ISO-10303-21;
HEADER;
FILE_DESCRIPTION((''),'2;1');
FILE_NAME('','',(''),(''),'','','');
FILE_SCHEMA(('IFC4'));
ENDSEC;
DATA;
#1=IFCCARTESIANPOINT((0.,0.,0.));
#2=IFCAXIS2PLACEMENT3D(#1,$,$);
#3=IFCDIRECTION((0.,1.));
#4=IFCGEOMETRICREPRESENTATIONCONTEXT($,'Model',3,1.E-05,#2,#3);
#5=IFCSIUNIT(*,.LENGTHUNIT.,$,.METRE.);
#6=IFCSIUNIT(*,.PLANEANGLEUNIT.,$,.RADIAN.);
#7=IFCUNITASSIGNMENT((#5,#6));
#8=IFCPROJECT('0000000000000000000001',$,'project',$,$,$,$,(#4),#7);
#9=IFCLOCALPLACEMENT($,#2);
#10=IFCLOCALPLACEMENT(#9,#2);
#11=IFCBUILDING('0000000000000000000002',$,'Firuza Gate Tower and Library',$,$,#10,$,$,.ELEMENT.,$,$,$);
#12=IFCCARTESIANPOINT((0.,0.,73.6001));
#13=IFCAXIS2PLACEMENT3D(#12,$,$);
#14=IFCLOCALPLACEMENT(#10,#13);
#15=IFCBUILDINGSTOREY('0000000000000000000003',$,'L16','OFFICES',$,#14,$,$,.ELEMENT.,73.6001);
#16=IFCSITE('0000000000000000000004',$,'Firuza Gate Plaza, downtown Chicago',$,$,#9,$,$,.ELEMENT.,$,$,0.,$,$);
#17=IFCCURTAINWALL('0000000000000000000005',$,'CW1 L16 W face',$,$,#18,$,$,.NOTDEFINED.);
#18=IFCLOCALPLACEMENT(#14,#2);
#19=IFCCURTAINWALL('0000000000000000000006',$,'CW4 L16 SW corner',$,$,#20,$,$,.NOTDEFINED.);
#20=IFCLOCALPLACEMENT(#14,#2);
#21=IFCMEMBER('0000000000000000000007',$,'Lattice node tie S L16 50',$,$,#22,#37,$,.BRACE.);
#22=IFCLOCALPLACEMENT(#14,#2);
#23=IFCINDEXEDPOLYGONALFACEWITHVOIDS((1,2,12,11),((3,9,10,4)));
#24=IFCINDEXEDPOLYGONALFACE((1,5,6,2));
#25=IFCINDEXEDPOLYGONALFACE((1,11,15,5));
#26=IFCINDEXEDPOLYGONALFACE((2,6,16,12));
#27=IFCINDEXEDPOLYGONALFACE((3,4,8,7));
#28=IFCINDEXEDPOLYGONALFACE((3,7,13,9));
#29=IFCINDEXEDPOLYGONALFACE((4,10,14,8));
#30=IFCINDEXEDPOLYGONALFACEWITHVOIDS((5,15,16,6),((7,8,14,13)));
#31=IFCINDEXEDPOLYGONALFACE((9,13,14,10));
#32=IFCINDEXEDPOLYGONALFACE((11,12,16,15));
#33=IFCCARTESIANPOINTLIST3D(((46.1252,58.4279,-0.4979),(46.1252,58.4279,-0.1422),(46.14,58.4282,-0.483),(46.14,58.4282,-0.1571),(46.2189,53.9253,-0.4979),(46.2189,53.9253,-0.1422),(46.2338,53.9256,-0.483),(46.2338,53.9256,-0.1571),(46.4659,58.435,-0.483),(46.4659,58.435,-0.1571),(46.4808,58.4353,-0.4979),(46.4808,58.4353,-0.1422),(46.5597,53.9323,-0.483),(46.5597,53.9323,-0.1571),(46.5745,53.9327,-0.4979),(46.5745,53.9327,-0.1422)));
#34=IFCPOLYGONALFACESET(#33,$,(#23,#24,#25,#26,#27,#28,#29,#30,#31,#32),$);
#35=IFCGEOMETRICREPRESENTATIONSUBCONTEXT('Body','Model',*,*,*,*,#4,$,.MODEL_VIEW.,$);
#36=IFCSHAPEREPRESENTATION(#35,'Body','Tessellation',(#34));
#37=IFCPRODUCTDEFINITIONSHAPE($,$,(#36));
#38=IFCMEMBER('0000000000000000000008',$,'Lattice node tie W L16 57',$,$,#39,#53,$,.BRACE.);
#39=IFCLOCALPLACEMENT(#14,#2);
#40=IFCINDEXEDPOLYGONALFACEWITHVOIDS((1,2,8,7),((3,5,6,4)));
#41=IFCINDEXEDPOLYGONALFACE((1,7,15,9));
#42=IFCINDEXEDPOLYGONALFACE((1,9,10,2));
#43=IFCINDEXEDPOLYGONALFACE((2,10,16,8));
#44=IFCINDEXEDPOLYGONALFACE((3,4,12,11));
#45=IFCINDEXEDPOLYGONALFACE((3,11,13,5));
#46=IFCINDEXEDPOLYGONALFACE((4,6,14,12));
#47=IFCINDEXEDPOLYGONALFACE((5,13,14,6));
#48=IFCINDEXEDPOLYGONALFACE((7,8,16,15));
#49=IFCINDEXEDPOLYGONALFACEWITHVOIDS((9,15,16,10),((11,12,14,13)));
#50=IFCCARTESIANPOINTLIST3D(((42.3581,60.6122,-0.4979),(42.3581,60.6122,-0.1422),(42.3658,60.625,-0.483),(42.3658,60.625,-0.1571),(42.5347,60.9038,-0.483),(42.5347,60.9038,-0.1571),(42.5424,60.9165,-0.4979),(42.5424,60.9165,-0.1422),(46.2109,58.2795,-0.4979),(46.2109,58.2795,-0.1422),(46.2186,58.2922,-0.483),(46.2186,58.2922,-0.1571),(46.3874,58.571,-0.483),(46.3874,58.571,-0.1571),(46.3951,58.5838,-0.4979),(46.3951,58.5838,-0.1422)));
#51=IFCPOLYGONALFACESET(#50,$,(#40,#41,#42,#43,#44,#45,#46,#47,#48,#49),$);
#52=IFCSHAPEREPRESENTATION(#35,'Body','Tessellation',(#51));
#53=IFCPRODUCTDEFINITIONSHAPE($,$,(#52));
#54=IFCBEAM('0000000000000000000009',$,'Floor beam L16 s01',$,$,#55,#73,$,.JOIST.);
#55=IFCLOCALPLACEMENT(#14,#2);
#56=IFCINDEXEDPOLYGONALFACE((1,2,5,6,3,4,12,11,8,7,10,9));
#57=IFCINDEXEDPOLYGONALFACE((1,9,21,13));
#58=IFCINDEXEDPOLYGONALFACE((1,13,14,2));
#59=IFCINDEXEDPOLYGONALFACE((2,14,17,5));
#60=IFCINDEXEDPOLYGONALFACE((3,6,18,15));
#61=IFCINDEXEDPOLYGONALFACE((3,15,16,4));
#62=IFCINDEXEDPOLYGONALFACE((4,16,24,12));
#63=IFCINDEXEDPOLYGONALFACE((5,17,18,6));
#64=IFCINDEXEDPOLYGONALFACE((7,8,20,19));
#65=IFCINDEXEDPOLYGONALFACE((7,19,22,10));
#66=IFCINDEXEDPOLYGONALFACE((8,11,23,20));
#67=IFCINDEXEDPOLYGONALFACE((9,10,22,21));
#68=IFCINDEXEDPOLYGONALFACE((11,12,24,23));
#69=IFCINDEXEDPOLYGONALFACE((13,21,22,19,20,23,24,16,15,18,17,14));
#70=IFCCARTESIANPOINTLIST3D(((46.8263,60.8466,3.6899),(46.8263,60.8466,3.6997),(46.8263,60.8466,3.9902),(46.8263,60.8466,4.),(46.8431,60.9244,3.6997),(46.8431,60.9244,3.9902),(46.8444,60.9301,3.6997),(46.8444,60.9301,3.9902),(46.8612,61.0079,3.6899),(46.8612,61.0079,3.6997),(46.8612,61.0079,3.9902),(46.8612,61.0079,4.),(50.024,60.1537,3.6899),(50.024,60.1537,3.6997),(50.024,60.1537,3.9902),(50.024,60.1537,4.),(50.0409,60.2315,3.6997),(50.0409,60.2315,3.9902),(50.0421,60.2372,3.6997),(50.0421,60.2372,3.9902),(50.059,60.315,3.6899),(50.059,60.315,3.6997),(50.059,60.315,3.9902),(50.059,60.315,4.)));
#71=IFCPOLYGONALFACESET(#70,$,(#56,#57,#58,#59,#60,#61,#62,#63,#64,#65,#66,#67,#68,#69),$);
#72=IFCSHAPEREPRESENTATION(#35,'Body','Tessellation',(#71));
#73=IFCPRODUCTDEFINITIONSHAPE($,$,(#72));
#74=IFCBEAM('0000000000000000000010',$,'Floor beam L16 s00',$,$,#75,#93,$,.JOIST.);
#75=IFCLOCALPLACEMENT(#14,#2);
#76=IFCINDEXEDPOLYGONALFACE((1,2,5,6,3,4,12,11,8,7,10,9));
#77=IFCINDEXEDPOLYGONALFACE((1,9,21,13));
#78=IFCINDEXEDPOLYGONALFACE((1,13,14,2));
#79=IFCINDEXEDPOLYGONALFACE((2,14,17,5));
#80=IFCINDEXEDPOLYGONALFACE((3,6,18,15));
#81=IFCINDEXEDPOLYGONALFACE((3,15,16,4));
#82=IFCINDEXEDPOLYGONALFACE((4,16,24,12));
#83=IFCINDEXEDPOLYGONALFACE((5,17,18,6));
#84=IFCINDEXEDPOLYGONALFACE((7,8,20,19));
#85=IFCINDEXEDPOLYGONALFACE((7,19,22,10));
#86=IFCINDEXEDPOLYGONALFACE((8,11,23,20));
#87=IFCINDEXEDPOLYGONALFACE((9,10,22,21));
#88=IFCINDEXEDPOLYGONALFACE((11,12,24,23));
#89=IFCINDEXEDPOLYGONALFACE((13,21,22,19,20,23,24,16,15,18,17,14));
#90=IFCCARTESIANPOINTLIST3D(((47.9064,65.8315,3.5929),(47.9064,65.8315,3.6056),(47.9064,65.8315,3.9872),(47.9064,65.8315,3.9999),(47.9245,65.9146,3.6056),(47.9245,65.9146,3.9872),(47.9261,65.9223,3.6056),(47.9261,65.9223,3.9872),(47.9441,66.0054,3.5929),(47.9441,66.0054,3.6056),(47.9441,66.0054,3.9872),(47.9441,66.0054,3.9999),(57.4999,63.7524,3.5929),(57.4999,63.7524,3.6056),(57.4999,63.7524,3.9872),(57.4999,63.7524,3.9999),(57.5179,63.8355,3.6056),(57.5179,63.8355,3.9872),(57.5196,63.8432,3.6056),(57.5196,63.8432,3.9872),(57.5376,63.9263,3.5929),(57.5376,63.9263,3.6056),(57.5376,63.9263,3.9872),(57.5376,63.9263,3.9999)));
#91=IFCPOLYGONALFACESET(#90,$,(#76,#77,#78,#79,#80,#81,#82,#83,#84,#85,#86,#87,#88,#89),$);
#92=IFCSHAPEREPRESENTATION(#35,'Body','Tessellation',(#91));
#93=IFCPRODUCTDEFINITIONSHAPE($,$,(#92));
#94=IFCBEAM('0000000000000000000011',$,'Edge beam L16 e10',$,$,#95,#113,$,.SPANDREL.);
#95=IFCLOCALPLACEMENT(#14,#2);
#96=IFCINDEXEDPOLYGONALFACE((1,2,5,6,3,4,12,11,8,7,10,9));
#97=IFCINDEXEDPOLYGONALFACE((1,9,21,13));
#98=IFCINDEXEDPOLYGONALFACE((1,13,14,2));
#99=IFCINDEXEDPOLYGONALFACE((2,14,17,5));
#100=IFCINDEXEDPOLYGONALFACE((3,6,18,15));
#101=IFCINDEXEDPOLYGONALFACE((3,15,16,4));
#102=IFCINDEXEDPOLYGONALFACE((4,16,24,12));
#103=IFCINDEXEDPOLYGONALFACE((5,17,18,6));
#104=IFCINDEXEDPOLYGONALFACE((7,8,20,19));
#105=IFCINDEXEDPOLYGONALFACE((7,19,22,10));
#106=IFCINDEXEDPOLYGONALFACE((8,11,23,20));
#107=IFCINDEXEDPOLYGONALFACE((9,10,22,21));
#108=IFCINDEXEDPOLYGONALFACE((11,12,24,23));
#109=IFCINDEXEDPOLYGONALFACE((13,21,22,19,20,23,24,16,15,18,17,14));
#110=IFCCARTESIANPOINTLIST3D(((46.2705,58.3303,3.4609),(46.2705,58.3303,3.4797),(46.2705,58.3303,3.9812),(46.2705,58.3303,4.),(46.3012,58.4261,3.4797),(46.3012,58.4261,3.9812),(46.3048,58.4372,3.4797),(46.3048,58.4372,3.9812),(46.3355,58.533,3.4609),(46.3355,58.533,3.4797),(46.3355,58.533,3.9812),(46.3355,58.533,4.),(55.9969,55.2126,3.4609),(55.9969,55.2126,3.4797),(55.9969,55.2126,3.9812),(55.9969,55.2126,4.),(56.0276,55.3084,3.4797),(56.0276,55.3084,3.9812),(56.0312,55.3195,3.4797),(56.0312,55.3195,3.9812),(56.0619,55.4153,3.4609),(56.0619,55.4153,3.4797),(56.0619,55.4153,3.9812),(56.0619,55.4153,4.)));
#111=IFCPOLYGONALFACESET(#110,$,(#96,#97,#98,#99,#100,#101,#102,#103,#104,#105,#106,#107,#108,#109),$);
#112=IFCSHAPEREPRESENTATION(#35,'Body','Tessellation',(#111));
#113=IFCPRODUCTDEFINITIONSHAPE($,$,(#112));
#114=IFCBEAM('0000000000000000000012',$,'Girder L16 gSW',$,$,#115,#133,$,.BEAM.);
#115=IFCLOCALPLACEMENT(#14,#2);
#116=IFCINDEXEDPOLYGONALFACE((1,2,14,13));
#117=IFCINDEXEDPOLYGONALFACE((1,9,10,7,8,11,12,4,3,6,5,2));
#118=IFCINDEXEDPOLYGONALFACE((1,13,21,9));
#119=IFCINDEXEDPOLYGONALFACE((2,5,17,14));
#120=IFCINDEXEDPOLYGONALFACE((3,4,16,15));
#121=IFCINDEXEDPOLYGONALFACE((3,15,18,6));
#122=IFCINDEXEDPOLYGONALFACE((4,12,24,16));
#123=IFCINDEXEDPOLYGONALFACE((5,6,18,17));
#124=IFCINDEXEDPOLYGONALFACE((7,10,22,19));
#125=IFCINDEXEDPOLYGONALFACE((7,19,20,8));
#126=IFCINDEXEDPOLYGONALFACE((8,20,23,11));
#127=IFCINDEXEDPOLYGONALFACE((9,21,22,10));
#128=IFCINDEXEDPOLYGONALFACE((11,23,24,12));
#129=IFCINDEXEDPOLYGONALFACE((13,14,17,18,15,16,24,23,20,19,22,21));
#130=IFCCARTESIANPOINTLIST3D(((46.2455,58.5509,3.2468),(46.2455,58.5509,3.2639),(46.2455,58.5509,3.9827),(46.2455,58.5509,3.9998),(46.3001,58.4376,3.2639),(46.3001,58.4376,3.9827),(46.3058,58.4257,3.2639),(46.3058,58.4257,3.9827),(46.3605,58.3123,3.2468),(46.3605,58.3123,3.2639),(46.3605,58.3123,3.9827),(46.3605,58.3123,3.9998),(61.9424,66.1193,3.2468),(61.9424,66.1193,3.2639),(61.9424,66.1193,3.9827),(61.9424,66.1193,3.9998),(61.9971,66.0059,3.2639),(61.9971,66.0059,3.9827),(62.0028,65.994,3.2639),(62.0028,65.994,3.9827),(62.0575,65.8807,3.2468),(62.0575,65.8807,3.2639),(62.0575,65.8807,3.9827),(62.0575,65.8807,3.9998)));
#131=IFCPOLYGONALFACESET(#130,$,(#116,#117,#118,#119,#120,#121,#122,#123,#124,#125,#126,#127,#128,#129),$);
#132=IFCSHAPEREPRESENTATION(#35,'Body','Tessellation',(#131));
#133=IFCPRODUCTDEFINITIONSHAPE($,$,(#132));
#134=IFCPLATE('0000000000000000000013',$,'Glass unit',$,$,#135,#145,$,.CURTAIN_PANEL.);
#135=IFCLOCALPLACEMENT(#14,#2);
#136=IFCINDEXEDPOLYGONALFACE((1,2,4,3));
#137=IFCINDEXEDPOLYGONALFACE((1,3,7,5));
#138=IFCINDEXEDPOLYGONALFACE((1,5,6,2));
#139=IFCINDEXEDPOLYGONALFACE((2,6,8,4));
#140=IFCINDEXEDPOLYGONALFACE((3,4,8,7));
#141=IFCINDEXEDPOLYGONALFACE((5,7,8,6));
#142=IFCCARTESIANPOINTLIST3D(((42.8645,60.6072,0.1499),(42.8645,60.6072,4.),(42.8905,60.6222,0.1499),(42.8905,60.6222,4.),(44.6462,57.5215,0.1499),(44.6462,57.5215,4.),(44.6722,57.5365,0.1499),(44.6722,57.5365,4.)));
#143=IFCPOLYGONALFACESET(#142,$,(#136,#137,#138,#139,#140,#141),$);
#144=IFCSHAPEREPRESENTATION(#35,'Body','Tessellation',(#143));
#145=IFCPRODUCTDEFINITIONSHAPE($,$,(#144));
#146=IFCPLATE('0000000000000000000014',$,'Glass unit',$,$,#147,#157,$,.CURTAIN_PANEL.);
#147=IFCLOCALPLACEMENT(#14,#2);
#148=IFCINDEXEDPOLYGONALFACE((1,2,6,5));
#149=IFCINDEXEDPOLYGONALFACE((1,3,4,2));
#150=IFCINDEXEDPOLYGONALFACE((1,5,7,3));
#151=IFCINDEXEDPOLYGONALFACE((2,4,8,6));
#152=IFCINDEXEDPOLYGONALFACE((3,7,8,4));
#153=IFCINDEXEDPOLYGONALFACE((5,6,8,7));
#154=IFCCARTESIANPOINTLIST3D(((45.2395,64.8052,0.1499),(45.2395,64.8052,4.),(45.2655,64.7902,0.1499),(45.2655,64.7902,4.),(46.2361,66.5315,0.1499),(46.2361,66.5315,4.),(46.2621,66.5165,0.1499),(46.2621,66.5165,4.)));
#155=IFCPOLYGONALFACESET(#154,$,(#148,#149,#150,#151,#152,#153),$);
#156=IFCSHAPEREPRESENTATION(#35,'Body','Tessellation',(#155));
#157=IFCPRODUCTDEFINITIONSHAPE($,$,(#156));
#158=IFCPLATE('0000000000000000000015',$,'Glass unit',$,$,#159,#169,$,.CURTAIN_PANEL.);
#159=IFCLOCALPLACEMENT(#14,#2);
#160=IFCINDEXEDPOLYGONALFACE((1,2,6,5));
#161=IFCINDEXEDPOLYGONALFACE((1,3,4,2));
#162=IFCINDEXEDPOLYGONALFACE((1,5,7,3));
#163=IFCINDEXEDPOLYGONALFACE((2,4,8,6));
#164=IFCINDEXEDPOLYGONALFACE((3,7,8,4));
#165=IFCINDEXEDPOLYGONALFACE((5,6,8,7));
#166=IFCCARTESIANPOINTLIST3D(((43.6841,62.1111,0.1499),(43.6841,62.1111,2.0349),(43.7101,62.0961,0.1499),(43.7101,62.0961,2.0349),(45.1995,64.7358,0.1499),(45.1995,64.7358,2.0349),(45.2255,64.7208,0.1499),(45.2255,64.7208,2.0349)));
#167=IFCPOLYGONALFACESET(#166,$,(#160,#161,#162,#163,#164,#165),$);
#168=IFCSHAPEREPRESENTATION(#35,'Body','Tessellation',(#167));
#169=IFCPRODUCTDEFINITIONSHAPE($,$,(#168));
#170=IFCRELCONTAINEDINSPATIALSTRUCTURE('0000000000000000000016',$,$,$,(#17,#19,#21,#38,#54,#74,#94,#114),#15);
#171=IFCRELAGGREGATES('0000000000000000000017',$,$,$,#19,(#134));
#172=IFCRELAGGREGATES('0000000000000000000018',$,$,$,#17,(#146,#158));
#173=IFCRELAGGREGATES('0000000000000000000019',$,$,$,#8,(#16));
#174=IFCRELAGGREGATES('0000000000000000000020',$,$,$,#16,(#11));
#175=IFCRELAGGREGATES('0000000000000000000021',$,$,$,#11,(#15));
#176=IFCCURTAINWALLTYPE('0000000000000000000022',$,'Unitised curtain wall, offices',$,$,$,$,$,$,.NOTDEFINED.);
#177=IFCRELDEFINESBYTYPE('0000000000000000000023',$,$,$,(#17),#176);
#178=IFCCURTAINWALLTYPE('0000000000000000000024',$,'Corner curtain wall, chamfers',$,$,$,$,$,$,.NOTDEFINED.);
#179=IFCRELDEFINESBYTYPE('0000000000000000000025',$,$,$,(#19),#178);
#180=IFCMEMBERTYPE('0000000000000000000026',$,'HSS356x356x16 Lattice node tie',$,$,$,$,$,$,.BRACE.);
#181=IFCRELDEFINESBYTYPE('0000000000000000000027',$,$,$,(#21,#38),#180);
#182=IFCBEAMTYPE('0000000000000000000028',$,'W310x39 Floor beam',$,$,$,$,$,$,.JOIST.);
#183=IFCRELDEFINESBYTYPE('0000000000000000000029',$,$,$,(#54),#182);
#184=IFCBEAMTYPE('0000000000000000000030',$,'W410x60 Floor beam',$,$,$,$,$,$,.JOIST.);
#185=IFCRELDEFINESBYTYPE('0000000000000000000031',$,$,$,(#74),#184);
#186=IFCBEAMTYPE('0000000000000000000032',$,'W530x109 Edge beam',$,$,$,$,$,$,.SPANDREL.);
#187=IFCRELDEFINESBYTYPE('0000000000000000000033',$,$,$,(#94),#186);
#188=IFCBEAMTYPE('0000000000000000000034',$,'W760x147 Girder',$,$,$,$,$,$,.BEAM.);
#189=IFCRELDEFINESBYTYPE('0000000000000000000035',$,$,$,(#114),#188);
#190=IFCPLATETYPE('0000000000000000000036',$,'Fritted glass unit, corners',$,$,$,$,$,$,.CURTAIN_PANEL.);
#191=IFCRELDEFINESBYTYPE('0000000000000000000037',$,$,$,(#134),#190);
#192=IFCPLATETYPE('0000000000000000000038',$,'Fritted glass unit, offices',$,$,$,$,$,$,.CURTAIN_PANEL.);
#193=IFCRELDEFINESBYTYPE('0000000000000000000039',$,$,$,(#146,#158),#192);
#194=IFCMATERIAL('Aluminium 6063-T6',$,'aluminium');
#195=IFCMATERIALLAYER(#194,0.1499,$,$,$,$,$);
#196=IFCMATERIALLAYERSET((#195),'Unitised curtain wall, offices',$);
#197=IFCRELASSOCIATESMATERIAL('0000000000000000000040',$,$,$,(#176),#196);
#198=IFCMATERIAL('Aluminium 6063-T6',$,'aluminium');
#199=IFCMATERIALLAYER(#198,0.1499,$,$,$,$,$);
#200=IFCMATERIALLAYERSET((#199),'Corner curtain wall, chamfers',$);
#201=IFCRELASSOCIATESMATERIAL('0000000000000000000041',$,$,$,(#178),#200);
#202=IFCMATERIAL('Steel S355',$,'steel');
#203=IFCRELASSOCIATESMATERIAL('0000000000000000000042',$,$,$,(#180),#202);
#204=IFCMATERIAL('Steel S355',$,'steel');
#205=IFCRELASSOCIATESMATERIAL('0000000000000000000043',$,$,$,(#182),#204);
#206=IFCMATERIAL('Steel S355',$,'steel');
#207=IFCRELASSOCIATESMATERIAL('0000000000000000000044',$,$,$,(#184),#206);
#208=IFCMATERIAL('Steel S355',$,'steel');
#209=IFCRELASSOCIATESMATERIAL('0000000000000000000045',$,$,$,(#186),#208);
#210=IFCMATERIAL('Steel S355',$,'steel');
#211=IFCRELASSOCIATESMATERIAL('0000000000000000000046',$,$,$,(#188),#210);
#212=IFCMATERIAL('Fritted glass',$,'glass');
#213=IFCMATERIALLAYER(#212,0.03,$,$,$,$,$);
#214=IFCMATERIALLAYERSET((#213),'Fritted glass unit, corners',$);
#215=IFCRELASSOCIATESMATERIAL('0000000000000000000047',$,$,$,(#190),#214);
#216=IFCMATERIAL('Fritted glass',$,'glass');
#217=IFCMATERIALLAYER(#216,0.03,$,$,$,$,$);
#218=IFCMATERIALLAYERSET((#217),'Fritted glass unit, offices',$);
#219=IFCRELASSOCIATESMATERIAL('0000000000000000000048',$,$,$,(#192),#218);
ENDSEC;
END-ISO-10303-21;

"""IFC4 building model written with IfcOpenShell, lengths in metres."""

from ifc_helpers import new_model, si_unit, direction, frame, origin, origin_2d, place, context, subcontext, project, spatial, polyline, hollow_rectangle, i_section, outline, extrude, material, layer, layer_set, material_profile, profile_set, type_object, element, aggregate, save


model = new_model("IFC4")

# Units and contexts
model_context = context("Model", 3, precision=1e-05, world=origin(), true_north=direction((0.0, 1.0)))
body_context = subcontext(model_context, "Body", "Model", "MODEL_VIEW")
ifc_project = project(units=[si_unit("LENGTHUNIT", "METRE"), si_unit("PLANEANGLEUNIT", "RADIAN")], contexts=[model_context])

# Site, building, storey
site_placement = place(None, origin())
site = spatial("IfcSite", under=ifc_project, at=site_placement, Name="Firuza Gate Plaza, downtown Chicago", CompositionType="ELEMENT", RefElevation=0.0)
building_placement = place(site_placement, origin())
building = spatial("IfcBuilding", under=site, at=building_placement, Name="Firuza Gate Tower and Library", CompositionType="ELEMENT")
storey_placement = place(building_placement, frame((0.0, 0.0, 73.6001)))
storey = spatial("IfcBuildingStorey", under=building, at=storey_placement, Name="L16", Description="OFFICES", CompositionType="ELEMENT", Elevation=73.6001)

# Curtain walls
ifc_material_1 = material(Name="Aluminium 6063-T6", Category="aluminium")
ifc_layer_1 = layer(ifc_material_1, 0.1499)
ifc_layer_set_1 = layer_set([ifc_layer_1], Name="Unitised curtain wall, offices")
curtain_wall_type_1 = type_object("IfcCurtainWallType", Name="Unitised curtain wall, offices", PredefinedType="NOTDEFINED", material=ifc_layer_set_1)
placement = place(storey_placement, origin())
curtain_wall_1 = element("IfcCurtainWall", 1, at=placement, inside=storey, type_object=curtain_wall_type_1, Name="CW1 L16 W face", PredefinedType="NOTDEFINED")
ifc_material_2 = material(Name="Aluminium 6063-T6", Category="aluminium")
ifc_layer_2 = layer(ifc_material_2, 0.1499)
ifc_layer_set_2 = layer_set([ifc_layer_2], Name="Corner curtain wall, chamfers")
curtain_wall_type_2 = type_object("IfcCurtainWallType", Name="Corner curtain wall, chamfers", PredefinedType="NOTDEFINED", material=ifc_layer_set_2)
curtain_wall_2 = element("IfcCurtainWall", 2, at=placement, inside=storey, type_object=curtain_wall_type_2, Name="CW4 L16 SW corner", PredefinedType="NOTDEFINED")

# Members
ifc_material_3 = material(Name="Steel S355", Category="steel")
ifc_material_profile_1 = material_profile(ifc_material_3, hollow_rectangle(XDim=0.3557, YDim=0.3557, WallThickness=0.0149, at=origin_2d()))
ifc_profile_set_1 = profile_set([ifc_material_profile_1], Name="Steel S355")
member_type_1 = type_object("IfcMemberType", Name="HSS356x356x16 Lattice node tie", PredefinedType="BRACE", material=ifc_profile_set_1)
member_1_placement = place(storey_placement, frame((46.303, 58.4316, -0.3201), z_axis=(0.020816, -0.999783, 0.0), x_axis=(0.999783, 0.020816, 0.0)))
element("IfcMember", 3, at=member_1_placement, inside=storey, type_object=member_type_1, Name="Lattice node tie S L16 50", PredefinedType="BRACE", context=body_context, shape_type="SweptSolid", body=[
    extrude(hollow_rectangle(XDim=0.3557, YDim=0.3557, WallThickness=0.0149, at=origin_2d()), origin(), (0.0, 0.0, 1.0), 4.5037),
])
member_2_placement = place(storey_placement, frame((46.303, 58.4316, -0.3201), z_axis=(-0.85542, 0.517935, 0.0), x_axis=(-0.517935, -0.85542, 0.0)))
element("IfcMember", 4, at=member_2_placement, inside=storey, type_object=member_type_1, Name="Lattice node tie W L16 57", PredefinedType="BRACE", context=body_context, shape_type="SweptSolid", body=[
    extrude(hollow_rectangle(XDim=0.3557, YDim=0.3557, WallThickness=0.0149, at=origin_2d()), origin(), (0.0, 0.0, 1.0), 4.5039),
])

# Beams
ifc_material_4 = material(Name="Steel S355", Category="steel")
ifc_material_profile_2 = material_profile(ifc_material_4, i_section(OverallWidth=0.165, OverallDepth=0.3101, WebThickness=0.0059, FlangeThickness=0.0098, at=origin_2d()))
ifc_profile_set_2 = profile_set([ifc_material_profile_2], Name="Steel S355")
beam_type_1 = type_object("IfcBeamType", Name="W310x39 Floor beam", PredefinedType="JOIST", material=ifc_profile_set_2)
beam_1_placement = place(storey_placement, frame((46.8438, 60.9272, 3.845), z_axis=(0.977322, -0.21176, 0.0), x_axis=(0.21176, 0.977322, 0.0)))
element("IfcBeam", 5, at=beam_1_placement, inside=storey, type_object=beam_type_1, Name="Floor beam L16 s01", PredefinedType="JOIST", context=body_context, shape_type="SweptSolid", body=[
    extrude(i_section(OverallWidth=0.165, OverallDepth=0.3101, WebThickness=0.0059, FlangeThickness=0.0098, at=origin_2d()), origin(), (0.0, 0.0, 1.0), 3.272),
])
ifc_material_5 = material(Name="Steel S355", Category="steel")
ifc_material_profile_3 = material_profile(ifc_material_5, i_section(OverallWidth=0.178, OverallDepth=0.407, WebThickness=0.0078, FlangeThickness=0.0127, at=origin_2d()))
ifc_profile_set_3 = profile_set([ifc_material_profile_3], Name="Steel S355")
beam_type_2 = type_object("IfcBeamType", Name="W410x60 Floor beam", PredefinedType="JOIST", material=ifc_profile_set_3)
beam_2_placement = place(storey_placement, frame((47.9253, 65.9185, 3.7964), z_axis=(0.977312, -0.211803, 0.0), x_axis=(0.211803, 0.977312, 0.0)))
element("IfcBeam", 6, at=beam_2_placement, inside=storey, type_object=beam_type_2, Name="Floor beam L16 s00", PredefinedType="JOIST", context=body_context, shape_type="SweptSolid", body=[
    extrude(i_section(OverallWidth=0.178, OverallDepth=0.407, WebThickness=0.0078, FlangeThickness=0.0127, at=origin_2d()), origin(), (0.0, 0.0, 1.0), 9.8162),
])
ifc_material_6 = material(Name="Steel S355", Category="steel")
ifc_material_profile_4 = material_profile(ifc_material_6, i_section(OverallWidth=0.2129, OverallDepth=0.5391, WebThickness=0.0117, FlangeThickness=0.0188, at=origin_2d()))
ifc_profile_set_4 = profile_set([ifc_material_profile_4], Name="Steel S355")
beam_type_3 = type_object("IfcBeamType", Name="W530x109 Edge beam", PredefinedType="SPANDREL", material=ifc_profile_set_4)
beam_3_placement = place(storey_placement, frame((46.303, 58.4316, 3.7305), z_axis=(0.952275, -0.305242, 0.0), x_axis=(0.305242, 0.952275, 0.0)))
element("IfcBeam", 7, at=beam_3_placement, inside=storey, type_object=beam_type_3, Name="Edge beam L16 e10", PredefinedType="SPANDREL", context=body_context, shape_type="SweptSolid", body=[
    extrude(i_section(OverallWidth=0.2129, OverallDepth=0.5391, WebThickness=0.0117, FlangeThickness=0.0188, at=origin_2d()), origin(), (0.0, 0.0, 1.0), 10.2139),
])
ifc_material_7 = material(Name="Steel S355", Category="steel")
ifc_material_profile_5 = material_profile(ifc_material_7, i_section(OverallWidth=0.2649, OverallDepth=0.7529, WebThickness=0.0132, FlangeThickness=0.0171, at=origin_2d()))
ifc_profile_set_5 = profile_set([ifc_material_profile_5], Name="Steel S355")
beam_type_4 = type_object("IfcBeamType", Name="W760x147 Girder", PredefinedType="BEAM", material=ifc_profile_set_5)
beam_4_placement = place(storey_placement, frame((46.303, 58.4316, 3.6233), z_axis=(0.900765, 0.434306, 0.0), x_axis=(-0.434306, 0.900765, 0.0)))
element("IfcBeam", 8, at=beam_4_placement, inside=storey, type_object=beam_type_4, Name="Girder L16 gSW", PredefinedType="BEAM", context=body_context, shape_type="SweptSolid", body=[
    extrude(i_section(OverallWidth=0.2649, OverallDepth=0.7529, WebThickness=0.0132, FlangeThickness=0.0171, at=origin_2d()), origin(), (0.0, 0.0, 1.0), 17.4263),
])

# Plates
ifc_material_8 = material(Name="Fritted glass", Category="glass")
ifc_layer_3 = layer(ifc_material_8, 0.03)
ifc_layer_set_3 = layer_set([ifc_layer_3], Name="Fritted glass unit, corners")
plate_type_1 = type_object("IfcPlateType", Name="Fritted glass unit, corners", PredefinedType="CURTAIN_PANEL", material=ifc_layer_set_3)
plate_1_placement = place(storey_placement, frame((42.8645, 60.6072, 0.1499), z_axis=(-0.866, -0.500045, 0.0), x_axis=(0.500045, -0.866, 0.0)))
plate_1 = element("IfcPlate", 9, at=plate_1_placement, type_object=plate_type_1, Name="Glass unit", PredefinedType="CURTAIN_PANEL", context=body_context, shape_type="SweptSolid", body=[
    extrude(outline(polyline([(0.0, 0.0), (3.5632, 0.0), (3.5632, 3.8501), (0.0, 3.8501), (0.0, 0.0)])), origin(), (0.0, 0.0, -1.0), 0.03),
])
aggregate(curtain_wall_2, [plate_1])
ifc_material_9 = material(Name="Fritted glass", Category="glass")
ifc_layer_4 = layer(ifc_material_9, 0.03)
ifc_layer_set_4 = layer_set([ifc_layer_4], Name="Fritted glass unit, offices")
plate_type_2 = type_object("IfcPlateType", Name="Fritted glass unit, offices", PredefinedType="CURTAIN_PANEL", material=ifc_layer_set_4)
plate_2_placement = place(storey_placement, frame((46.2361, 66.5315, 0.1499), z_axis=(-0.866049, 0.499959, 0.0), x_axis=(-0.499959, -0.866049, 0.0)))
plate_2 = element("IfcPlate", 10, at=plate_2_placement, type_object=plate_type_2, Name="Glass unit", PredefinedType="CURTAIN_PANEL", context=body_context, shape_type="SweptSolid", body=[
    extrude(outline(polyline([(0.0, 0.0), (1.9933, 0.0), (1.9933, 3.8501), (0.0, 3.8501), (0.0, 0.0)])), origin(), (0.0, 0.0, -1.0), 0.03),
])
plate_3_placement = place(storey_placement, frame((45.1995, 64.7358, 0.1499), z_axis=(-0.866029, 0.499994, 0.0), x_axis=(-0.499994, -0.866029, 0.0)))
plate_3 = element("IfcPlate", 11, at=plate_3_placement, type_object=plate_type_2, Name="Glass unit", PredefinedType="CURTAIN_PANEL", context=body_context, shape_type="SweptSolid", body=[
    extrude(outline(polyline([(0.0, 0.0), (3.0308, 0.0), (3.0308, 1.885), (0.0, 1.885), (0.0, 0.0)])), origin(), (0.0, 0.0, -1.0), 0.03),
])
aggregate(curtain_wall_1, [plate_2, plate_3])

save(model, "model.ifc")
